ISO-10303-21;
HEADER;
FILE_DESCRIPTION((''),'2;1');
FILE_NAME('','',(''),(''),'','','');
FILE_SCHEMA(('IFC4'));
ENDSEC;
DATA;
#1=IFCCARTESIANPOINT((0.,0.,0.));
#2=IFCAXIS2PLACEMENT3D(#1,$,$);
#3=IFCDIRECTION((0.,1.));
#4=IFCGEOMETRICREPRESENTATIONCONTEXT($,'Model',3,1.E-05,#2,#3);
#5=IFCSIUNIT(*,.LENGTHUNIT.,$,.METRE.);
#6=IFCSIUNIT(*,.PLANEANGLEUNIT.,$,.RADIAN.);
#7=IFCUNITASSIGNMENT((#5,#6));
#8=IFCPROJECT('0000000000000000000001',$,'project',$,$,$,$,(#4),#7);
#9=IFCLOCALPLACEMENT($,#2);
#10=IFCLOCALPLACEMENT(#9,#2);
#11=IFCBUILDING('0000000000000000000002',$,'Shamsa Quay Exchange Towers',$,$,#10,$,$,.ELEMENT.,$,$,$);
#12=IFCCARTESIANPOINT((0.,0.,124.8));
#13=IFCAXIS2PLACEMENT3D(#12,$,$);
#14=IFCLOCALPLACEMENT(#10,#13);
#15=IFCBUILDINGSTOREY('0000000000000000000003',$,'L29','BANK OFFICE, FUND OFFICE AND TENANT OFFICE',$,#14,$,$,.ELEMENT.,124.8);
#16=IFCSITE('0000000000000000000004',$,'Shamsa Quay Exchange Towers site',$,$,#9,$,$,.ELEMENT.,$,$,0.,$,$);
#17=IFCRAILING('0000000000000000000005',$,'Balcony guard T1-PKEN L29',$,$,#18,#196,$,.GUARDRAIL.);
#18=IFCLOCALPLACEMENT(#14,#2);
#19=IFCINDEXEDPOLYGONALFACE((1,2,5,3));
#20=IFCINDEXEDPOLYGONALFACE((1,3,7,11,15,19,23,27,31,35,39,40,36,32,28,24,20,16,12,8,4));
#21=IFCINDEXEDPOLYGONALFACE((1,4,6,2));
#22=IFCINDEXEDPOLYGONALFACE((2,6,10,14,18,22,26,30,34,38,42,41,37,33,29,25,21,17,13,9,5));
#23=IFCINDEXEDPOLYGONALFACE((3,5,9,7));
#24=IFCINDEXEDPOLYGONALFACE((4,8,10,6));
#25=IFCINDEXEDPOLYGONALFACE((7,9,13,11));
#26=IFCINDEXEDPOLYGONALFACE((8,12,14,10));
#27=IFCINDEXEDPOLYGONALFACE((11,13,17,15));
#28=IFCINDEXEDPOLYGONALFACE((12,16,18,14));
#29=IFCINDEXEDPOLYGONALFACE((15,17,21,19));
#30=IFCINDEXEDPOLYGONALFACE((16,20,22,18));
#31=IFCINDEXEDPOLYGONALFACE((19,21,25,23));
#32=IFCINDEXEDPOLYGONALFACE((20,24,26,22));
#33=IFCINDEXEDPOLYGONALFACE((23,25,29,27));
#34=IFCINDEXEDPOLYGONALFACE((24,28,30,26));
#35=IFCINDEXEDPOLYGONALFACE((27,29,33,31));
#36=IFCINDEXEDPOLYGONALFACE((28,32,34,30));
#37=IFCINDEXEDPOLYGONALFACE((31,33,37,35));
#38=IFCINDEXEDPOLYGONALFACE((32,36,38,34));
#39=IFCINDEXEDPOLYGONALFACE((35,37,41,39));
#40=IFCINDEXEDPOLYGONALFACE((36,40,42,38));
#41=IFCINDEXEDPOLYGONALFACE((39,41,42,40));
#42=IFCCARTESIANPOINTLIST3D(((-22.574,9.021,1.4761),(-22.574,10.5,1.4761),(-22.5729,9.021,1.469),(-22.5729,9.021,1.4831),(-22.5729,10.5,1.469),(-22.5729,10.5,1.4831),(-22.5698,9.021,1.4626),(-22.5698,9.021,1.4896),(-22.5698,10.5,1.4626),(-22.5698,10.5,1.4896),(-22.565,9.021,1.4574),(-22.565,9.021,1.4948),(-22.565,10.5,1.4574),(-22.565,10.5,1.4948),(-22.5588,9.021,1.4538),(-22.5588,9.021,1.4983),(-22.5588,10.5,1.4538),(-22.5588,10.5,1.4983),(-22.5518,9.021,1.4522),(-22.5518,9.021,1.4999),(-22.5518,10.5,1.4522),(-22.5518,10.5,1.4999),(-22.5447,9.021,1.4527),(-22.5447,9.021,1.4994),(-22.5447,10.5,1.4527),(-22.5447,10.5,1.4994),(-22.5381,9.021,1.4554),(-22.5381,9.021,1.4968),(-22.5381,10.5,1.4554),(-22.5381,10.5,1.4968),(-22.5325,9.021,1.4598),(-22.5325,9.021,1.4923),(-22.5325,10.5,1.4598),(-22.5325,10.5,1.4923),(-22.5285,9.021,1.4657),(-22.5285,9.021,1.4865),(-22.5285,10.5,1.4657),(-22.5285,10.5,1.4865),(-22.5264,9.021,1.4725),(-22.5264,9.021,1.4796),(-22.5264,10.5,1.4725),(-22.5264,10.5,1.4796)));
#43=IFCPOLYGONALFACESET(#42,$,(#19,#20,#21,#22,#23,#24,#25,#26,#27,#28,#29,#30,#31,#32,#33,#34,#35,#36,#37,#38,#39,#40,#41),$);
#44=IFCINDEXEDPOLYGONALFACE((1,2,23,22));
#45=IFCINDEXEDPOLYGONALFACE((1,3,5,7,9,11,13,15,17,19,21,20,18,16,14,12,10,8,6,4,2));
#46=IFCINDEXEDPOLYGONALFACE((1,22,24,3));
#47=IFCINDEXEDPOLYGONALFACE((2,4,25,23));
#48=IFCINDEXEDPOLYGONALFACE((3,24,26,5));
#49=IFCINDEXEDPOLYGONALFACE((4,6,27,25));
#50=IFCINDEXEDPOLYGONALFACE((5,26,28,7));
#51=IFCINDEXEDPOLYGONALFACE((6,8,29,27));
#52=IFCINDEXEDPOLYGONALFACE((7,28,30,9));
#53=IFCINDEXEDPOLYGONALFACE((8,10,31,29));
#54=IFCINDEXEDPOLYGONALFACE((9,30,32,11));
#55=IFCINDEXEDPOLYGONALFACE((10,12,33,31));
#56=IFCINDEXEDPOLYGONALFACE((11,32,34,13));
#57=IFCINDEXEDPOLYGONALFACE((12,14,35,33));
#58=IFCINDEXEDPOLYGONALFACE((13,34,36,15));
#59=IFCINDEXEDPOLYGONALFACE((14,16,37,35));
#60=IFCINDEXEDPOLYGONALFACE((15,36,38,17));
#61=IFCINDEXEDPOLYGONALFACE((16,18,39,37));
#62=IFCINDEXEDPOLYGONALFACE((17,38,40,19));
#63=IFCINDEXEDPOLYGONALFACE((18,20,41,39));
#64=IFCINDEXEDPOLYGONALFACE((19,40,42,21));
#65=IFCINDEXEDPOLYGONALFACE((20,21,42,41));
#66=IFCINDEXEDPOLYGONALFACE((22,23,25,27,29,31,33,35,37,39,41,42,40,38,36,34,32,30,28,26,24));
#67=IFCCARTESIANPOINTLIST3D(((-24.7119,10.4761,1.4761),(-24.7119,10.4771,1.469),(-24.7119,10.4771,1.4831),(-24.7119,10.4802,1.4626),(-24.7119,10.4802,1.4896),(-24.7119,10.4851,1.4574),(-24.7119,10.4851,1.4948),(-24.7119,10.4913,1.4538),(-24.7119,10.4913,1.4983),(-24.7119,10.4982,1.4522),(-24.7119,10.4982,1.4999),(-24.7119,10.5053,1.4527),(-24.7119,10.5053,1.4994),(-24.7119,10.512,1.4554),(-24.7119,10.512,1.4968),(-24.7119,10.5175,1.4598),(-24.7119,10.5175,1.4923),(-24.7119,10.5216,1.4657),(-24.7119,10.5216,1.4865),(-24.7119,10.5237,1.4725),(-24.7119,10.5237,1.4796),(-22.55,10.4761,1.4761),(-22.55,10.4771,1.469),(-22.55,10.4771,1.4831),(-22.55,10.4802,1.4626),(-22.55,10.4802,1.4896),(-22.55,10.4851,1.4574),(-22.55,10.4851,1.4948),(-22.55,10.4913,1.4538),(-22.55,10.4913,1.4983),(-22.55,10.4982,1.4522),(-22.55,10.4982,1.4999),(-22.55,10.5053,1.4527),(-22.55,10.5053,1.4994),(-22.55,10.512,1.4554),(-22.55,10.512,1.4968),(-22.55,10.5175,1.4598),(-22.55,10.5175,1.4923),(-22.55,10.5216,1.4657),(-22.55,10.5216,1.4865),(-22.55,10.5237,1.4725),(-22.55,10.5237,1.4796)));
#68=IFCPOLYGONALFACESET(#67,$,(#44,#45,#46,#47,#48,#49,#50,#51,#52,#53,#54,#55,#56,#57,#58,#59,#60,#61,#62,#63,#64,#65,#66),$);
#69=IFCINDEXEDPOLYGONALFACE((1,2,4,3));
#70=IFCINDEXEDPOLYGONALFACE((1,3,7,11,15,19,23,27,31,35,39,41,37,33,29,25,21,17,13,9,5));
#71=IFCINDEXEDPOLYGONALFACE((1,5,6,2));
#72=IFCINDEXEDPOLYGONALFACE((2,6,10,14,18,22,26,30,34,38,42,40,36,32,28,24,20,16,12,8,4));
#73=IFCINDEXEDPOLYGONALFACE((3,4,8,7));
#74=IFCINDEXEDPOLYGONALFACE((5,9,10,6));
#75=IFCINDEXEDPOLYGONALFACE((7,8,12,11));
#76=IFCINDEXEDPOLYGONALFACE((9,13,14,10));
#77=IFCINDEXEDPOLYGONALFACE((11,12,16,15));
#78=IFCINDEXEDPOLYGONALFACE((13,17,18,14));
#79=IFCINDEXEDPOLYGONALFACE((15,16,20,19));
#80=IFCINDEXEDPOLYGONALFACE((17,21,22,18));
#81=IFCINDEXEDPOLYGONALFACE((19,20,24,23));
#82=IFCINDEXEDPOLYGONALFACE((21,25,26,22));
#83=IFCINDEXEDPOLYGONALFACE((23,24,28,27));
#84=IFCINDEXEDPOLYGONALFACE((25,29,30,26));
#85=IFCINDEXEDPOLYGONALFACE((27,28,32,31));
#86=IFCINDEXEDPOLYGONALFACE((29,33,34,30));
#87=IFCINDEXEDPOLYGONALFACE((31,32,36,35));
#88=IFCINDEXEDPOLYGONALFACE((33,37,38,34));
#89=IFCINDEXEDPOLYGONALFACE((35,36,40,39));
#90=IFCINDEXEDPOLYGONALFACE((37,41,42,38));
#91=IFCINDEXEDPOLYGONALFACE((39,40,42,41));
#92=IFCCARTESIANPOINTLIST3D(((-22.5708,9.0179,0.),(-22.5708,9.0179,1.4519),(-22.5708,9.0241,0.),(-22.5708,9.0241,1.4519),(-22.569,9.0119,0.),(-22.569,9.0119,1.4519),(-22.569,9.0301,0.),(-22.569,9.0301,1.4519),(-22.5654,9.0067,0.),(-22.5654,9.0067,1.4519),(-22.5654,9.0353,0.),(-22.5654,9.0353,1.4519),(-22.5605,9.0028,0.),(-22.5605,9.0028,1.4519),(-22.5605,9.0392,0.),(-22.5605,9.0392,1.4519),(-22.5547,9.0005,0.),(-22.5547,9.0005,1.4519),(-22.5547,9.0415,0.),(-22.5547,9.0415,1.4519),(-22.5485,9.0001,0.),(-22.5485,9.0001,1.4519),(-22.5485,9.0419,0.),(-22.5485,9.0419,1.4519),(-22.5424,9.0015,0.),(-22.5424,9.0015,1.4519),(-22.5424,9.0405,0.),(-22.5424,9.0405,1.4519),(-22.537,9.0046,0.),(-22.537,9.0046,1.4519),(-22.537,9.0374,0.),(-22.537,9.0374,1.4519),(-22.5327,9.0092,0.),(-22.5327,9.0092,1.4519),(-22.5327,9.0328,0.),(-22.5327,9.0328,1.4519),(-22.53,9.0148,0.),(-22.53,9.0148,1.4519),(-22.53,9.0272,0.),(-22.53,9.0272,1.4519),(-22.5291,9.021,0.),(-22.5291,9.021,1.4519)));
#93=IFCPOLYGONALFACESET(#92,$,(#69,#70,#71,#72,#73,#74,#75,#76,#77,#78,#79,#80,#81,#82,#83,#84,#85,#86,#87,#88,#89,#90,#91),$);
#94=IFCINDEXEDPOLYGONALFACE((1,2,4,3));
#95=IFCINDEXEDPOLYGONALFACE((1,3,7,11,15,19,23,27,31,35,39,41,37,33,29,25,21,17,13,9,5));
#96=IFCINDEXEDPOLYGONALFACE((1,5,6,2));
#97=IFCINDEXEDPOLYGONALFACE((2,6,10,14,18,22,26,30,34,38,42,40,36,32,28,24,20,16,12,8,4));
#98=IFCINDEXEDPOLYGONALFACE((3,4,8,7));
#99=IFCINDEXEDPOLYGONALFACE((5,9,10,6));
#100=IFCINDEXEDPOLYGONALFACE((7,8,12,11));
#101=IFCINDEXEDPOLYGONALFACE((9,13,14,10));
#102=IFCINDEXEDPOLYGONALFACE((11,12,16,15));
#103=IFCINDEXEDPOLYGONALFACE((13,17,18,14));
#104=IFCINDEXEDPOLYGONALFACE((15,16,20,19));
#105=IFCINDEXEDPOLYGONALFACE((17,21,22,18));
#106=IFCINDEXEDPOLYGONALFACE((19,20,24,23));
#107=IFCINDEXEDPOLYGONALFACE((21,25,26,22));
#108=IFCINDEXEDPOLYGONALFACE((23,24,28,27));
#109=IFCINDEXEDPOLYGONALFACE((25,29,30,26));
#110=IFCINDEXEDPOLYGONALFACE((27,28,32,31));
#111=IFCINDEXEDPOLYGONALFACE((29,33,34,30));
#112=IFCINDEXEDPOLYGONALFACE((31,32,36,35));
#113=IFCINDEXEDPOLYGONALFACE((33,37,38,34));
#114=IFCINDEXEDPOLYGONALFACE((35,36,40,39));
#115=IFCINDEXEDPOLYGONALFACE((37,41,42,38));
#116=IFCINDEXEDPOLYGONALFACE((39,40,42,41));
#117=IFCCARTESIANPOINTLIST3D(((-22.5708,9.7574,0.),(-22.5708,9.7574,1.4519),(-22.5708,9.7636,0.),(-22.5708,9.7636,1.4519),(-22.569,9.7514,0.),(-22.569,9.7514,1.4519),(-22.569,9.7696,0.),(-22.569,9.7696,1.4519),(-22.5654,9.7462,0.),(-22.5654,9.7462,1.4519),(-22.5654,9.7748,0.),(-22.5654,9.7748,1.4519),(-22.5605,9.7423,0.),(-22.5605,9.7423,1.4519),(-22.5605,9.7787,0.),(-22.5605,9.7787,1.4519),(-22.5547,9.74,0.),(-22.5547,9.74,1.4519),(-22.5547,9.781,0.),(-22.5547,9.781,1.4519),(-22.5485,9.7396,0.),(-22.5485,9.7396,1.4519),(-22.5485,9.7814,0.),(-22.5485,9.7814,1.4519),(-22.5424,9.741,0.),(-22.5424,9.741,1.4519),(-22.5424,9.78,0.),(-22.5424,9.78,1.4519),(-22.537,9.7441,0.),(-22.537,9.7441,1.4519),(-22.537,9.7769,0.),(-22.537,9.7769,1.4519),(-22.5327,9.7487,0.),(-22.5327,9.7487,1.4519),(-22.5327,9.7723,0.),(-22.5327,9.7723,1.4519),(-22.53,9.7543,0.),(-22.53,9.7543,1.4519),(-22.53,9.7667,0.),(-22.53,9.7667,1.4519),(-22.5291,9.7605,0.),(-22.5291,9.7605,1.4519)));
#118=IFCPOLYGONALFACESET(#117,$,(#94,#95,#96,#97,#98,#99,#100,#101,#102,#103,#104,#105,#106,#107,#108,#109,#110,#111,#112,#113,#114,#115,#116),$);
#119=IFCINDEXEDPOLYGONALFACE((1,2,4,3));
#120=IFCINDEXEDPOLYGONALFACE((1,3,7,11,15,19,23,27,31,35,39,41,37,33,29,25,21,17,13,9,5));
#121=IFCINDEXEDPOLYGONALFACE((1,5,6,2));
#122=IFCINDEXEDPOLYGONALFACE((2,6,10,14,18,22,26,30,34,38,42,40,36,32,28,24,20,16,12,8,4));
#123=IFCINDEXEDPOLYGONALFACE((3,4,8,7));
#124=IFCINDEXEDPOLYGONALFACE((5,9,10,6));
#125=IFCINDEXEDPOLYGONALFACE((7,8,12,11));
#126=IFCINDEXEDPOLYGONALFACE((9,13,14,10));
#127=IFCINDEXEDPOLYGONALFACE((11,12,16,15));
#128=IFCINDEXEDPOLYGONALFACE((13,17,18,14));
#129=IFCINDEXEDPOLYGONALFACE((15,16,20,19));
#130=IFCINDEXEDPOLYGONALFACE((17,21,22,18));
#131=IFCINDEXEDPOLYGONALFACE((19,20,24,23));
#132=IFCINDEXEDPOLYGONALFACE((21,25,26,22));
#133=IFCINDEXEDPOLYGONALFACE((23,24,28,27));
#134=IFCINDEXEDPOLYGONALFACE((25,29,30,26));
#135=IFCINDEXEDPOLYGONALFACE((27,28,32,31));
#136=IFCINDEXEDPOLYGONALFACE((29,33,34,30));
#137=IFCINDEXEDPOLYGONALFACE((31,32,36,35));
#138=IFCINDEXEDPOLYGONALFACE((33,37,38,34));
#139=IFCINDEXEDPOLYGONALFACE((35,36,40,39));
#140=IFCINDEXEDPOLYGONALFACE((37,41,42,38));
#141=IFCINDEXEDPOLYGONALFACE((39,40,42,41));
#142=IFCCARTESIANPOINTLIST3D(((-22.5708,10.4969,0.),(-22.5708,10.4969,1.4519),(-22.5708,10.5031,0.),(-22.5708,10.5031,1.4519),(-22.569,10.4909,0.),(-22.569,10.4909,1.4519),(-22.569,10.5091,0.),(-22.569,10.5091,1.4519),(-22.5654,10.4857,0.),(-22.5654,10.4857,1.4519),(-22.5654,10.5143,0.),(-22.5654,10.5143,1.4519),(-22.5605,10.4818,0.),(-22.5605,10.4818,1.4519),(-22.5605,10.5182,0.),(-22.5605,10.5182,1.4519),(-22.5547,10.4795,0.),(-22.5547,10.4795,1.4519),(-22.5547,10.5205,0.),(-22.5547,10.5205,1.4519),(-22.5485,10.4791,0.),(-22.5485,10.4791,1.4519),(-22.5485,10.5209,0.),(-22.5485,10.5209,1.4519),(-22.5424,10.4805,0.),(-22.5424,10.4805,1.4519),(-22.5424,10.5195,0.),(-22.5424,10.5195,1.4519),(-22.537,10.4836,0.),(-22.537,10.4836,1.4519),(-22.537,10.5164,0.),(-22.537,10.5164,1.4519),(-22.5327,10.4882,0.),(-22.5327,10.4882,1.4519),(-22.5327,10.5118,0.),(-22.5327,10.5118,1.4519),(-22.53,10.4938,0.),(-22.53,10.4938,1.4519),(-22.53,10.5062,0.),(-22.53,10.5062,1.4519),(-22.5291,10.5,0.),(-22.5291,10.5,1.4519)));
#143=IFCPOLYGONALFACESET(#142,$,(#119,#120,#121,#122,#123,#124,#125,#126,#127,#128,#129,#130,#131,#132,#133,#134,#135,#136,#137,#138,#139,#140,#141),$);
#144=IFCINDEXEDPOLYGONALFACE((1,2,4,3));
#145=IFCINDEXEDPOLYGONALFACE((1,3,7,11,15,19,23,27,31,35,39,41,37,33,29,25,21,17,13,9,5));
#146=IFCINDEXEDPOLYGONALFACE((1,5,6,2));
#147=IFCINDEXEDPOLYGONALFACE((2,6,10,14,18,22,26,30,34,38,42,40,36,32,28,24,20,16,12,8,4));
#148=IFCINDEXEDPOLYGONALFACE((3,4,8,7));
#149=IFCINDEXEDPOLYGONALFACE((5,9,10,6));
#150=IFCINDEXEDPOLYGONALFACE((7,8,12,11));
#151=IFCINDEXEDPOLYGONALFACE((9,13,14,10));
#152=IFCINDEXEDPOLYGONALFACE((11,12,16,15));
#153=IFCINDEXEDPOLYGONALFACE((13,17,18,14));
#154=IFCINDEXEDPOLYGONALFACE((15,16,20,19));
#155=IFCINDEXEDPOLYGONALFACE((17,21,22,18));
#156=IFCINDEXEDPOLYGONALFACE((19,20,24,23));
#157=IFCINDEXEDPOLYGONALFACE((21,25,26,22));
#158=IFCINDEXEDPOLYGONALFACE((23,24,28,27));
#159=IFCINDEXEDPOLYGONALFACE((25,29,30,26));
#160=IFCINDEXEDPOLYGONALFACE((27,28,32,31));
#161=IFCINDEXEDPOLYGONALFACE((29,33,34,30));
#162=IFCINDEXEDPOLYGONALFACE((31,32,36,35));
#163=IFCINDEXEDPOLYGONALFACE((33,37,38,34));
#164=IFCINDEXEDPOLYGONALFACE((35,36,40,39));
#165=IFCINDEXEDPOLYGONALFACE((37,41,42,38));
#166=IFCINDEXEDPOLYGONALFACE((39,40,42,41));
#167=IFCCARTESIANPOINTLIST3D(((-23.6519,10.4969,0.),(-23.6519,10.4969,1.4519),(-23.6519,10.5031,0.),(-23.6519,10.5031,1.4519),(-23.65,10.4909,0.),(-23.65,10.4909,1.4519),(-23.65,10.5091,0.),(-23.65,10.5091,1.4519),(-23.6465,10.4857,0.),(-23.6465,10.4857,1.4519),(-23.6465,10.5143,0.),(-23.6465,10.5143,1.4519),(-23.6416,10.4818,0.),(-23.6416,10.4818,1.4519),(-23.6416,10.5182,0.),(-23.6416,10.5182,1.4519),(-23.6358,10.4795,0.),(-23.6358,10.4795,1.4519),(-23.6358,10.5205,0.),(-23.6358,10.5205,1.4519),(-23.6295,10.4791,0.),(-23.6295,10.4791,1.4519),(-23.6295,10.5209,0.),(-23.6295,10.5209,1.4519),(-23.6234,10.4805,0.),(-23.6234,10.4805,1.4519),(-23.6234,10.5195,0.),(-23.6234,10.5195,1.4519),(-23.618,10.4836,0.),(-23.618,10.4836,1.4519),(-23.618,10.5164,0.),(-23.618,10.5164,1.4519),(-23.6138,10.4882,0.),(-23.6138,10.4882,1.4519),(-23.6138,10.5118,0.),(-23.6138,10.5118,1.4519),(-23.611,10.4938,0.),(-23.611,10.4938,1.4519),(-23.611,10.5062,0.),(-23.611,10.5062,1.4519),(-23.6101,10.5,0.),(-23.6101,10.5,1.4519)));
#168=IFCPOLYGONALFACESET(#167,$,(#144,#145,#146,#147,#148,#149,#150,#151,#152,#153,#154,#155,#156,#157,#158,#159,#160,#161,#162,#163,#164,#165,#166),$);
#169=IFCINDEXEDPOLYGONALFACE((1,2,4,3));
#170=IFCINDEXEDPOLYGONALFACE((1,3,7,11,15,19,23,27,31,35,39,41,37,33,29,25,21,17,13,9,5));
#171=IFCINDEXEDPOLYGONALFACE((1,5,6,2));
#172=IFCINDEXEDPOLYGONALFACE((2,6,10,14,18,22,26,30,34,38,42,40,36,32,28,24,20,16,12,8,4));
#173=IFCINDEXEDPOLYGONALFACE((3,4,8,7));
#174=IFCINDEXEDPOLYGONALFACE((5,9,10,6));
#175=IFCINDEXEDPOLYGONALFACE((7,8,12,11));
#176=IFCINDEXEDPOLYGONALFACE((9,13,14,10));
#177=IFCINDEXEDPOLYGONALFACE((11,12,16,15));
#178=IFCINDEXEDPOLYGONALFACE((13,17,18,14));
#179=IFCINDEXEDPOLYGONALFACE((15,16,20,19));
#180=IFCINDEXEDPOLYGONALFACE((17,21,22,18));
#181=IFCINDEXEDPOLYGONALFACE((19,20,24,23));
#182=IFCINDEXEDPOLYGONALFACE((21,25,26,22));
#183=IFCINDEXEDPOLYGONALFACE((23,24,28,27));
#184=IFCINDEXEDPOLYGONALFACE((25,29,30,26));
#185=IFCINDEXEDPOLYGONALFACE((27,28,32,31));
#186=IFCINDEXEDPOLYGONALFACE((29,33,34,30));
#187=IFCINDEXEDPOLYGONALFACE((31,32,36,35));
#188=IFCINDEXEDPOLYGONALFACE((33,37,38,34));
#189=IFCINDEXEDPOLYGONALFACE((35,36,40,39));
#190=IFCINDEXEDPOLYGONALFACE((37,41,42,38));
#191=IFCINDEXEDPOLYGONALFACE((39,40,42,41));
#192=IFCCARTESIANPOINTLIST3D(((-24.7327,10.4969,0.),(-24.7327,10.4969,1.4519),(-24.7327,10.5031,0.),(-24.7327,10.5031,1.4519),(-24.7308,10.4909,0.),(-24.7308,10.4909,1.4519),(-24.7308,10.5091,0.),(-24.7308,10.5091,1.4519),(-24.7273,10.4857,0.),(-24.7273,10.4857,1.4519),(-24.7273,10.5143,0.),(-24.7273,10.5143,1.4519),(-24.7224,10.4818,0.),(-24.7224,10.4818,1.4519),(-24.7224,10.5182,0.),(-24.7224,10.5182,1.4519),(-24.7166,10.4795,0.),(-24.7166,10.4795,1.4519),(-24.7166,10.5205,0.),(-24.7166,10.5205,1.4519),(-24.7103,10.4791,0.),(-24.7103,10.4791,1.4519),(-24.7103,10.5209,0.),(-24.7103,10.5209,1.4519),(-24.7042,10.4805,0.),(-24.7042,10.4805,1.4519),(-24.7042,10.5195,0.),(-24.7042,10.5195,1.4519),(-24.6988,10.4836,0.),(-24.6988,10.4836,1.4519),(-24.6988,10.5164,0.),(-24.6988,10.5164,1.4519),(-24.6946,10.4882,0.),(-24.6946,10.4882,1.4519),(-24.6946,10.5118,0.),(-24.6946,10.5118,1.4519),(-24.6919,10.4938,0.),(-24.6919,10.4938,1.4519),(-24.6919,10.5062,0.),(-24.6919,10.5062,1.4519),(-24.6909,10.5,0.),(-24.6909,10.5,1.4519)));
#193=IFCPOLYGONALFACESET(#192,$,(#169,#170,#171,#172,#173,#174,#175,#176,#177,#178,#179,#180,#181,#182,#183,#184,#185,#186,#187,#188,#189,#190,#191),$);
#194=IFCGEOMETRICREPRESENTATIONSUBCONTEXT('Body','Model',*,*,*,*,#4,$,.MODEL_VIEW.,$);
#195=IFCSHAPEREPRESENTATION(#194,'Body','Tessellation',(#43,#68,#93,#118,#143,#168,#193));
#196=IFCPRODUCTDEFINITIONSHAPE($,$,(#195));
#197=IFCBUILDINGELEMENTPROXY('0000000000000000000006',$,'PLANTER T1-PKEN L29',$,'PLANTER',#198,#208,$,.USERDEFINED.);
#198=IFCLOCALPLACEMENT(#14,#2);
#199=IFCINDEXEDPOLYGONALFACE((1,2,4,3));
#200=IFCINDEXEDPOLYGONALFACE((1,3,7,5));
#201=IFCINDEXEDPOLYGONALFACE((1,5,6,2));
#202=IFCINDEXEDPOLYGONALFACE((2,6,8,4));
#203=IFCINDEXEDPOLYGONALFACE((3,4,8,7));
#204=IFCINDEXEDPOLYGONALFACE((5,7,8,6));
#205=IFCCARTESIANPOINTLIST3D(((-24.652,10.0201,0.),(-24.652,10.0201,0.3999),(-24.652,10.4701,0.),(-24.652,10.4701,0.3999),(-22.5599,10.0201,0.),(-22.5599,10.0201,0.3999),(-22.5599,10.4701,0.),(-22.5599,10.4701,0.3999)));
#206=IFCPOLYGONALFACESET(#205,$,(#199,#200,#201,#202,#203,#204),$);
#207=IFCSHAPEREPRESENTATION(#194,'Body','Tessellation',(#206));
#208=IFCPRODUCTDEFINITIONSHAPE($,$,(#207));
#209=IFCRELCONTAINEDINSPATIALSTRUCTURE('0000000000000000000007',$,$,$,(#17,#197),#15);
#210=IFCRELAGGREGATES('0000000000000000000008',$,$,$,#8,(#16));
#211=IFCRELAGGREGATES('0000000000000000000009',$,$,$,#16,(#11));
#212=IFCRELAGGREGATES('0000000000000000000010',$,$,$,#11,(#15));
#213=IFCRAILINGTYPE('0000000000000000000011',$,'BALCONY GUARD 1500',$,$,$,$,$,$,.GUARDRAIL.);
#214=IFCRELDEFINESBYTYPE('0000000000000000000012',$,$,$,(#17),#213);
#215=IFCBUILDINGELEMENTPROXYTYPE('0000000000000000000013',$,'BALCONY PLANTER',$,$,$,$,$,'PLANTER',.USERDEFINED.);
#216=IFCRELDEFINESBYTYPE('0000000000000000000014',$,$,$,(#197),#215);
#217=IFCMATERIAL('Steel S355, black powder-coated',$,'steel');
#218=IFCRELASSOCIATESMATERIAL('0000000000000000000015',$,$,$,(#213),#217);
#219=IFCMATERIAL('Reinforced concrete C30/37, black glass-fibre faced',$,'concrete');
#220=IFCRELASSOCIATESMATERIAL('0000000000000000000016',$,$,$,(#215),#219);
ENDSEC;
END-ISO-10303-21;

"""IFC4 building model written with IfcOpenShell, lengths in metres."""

from ifc_helpers import new_model, si_unit, direction, frame, origin, origin_2d, place, context, subcontext, project, spatial, rectangle, circle, extrude, material, type_object, element, save


model = new_model("IFC4")

# Units and contexts
model_context = context("Model", 3, precision=1e-05, world=origin(), true_north=direction((0.0, 1.0)))
body_context = subcontext(model_context, "Body", "Model", "MODEL_VIEW")
ifc_project = project(units=[si_unit("LENGTHUNIT", "METRE"), si_unit("PLANEANGLEUNIT", "RADIAN")], contexts=[model_context])

# Site, building, storey
site_placement = place(None, origin())
site = spatial("IfcSite", under=ifc_project, at=site_placement, Name="Shamsa Quay Exchange Towers site", CompositionType="ELEMENT", RefElevation=0.0)
building_placement = place(site_placement, origin())
building = spatial("IfcBuilding", under=site, at=building_placement, Name="Shamsa Quay Exchange Towers", CompositionType="ELEMENT")
storey_placement = place(building_placement, frame((0.0, 0.0, 124.8)))
storey = spatial("IfcBuildingStorey", under=building, at=storey_placement, Name="L29", Description="BANK OFFICE, FUND OFFICE AND TENANT OFFICE", CompositionType="ELEMENT", Elevation=124.8)

# Railing
ifc_material_1 = material(Name="Steel S355, black powder-coated", Category="steel")
railing_type = type_object("IfcRailingType", Name="BALCONY GUARD 1500", PredefinedType="GUARDRAIL", material=ifc_material_1)
railing_placement = place(storey_placement, frame((-22.55, 9.021, 0.0)))
element("IfcRailing", 1, at=railing_placement, inside=storey, type_object=railing_type, Name="Balcony guard T1-PKEN L29", PredefinedType="GUARDRAIL", context=body_context, shape_type="SweptSolid", body=[
    extrude(circle(Radius=0.0239, at=origin_2d()), frame((0.0, 0.0, 1.4761), z_axis=(0.0, 1.0, 0.0), x_axis=(-1.0, 0.0, 0.0)), (0.0, 0.0, 1.0), 1.479),
    extrude(circle(Radius=0.0239, at=origin_2d()), frame((0.0, 1.479, 1.4761), z_axis=(-1.0, 0.0, 0.0), x_axis=(0.0, -1.0, 0.0)), (0.0, 0.0, 1.0), 2.1619),
    extrude(circle(Radius=0.021, at=origin_2d()), origin(), (0.0, 0.0, 1.0), 1.4519),
    extrude(circle(Radius=0.021, at=origin_2d()), frame((0.0, 0.7395, 0.0)), (0.0, 0.0, 1.0), 1.4519),
    extrude(circle(Radius=0.021, at=origin_2d()), frame((0.0, 1.479, 0.0)), (0.0, 0.0, 1.0), 1.4519),
    extrude(circle(Radius=0.021, at=origin_2d()), frame((-1.0811, 1.479, 0.0)), (0.0, 0.0, 1.0), 1.4519),
    extrude(circle(Radius=0.021, at=origin_2d()), frame((-2.1619, 1.479, 0.0)), (0.0, 0.0, 1.0), 1.4519),
])

# Building element proxy
ifc_material_2 = material(Name="Reinforced concrete C30/37, black glass-fibre faced", Category="concrete")
building_element_proxy_type = type_object("IfcBuildingElementProxyType", Name="BALCONY PLANTER", ElementType="PLANTER", PredefinedType="USERDEFINED", material=ifc_material_2)
proxy_placement = place(storey_placement, frame((-23.606, 10.2451, 0.0), z_axis=(0.0, 0.0, 1.0), x_axis=(-1.0, 0.0, 0.0)))
element("IfcBuildingElementProxy", 2, at=proxy_placement, inside=storey, type_object=building_element_proxy_type, Name="PLANTER T1-PKEN L29", ObjectType="PLANTER", PredefinedType="USERDEFINED", context=body_context, shape_type="SweptSolid", body=[
    extrude(rectangle(XDim=2.092, YDim=0.45, at=origin_2d()), origin(), (0.0, 0.0, 1.0), 0.3999),
])

save(model, "model.ifc")
